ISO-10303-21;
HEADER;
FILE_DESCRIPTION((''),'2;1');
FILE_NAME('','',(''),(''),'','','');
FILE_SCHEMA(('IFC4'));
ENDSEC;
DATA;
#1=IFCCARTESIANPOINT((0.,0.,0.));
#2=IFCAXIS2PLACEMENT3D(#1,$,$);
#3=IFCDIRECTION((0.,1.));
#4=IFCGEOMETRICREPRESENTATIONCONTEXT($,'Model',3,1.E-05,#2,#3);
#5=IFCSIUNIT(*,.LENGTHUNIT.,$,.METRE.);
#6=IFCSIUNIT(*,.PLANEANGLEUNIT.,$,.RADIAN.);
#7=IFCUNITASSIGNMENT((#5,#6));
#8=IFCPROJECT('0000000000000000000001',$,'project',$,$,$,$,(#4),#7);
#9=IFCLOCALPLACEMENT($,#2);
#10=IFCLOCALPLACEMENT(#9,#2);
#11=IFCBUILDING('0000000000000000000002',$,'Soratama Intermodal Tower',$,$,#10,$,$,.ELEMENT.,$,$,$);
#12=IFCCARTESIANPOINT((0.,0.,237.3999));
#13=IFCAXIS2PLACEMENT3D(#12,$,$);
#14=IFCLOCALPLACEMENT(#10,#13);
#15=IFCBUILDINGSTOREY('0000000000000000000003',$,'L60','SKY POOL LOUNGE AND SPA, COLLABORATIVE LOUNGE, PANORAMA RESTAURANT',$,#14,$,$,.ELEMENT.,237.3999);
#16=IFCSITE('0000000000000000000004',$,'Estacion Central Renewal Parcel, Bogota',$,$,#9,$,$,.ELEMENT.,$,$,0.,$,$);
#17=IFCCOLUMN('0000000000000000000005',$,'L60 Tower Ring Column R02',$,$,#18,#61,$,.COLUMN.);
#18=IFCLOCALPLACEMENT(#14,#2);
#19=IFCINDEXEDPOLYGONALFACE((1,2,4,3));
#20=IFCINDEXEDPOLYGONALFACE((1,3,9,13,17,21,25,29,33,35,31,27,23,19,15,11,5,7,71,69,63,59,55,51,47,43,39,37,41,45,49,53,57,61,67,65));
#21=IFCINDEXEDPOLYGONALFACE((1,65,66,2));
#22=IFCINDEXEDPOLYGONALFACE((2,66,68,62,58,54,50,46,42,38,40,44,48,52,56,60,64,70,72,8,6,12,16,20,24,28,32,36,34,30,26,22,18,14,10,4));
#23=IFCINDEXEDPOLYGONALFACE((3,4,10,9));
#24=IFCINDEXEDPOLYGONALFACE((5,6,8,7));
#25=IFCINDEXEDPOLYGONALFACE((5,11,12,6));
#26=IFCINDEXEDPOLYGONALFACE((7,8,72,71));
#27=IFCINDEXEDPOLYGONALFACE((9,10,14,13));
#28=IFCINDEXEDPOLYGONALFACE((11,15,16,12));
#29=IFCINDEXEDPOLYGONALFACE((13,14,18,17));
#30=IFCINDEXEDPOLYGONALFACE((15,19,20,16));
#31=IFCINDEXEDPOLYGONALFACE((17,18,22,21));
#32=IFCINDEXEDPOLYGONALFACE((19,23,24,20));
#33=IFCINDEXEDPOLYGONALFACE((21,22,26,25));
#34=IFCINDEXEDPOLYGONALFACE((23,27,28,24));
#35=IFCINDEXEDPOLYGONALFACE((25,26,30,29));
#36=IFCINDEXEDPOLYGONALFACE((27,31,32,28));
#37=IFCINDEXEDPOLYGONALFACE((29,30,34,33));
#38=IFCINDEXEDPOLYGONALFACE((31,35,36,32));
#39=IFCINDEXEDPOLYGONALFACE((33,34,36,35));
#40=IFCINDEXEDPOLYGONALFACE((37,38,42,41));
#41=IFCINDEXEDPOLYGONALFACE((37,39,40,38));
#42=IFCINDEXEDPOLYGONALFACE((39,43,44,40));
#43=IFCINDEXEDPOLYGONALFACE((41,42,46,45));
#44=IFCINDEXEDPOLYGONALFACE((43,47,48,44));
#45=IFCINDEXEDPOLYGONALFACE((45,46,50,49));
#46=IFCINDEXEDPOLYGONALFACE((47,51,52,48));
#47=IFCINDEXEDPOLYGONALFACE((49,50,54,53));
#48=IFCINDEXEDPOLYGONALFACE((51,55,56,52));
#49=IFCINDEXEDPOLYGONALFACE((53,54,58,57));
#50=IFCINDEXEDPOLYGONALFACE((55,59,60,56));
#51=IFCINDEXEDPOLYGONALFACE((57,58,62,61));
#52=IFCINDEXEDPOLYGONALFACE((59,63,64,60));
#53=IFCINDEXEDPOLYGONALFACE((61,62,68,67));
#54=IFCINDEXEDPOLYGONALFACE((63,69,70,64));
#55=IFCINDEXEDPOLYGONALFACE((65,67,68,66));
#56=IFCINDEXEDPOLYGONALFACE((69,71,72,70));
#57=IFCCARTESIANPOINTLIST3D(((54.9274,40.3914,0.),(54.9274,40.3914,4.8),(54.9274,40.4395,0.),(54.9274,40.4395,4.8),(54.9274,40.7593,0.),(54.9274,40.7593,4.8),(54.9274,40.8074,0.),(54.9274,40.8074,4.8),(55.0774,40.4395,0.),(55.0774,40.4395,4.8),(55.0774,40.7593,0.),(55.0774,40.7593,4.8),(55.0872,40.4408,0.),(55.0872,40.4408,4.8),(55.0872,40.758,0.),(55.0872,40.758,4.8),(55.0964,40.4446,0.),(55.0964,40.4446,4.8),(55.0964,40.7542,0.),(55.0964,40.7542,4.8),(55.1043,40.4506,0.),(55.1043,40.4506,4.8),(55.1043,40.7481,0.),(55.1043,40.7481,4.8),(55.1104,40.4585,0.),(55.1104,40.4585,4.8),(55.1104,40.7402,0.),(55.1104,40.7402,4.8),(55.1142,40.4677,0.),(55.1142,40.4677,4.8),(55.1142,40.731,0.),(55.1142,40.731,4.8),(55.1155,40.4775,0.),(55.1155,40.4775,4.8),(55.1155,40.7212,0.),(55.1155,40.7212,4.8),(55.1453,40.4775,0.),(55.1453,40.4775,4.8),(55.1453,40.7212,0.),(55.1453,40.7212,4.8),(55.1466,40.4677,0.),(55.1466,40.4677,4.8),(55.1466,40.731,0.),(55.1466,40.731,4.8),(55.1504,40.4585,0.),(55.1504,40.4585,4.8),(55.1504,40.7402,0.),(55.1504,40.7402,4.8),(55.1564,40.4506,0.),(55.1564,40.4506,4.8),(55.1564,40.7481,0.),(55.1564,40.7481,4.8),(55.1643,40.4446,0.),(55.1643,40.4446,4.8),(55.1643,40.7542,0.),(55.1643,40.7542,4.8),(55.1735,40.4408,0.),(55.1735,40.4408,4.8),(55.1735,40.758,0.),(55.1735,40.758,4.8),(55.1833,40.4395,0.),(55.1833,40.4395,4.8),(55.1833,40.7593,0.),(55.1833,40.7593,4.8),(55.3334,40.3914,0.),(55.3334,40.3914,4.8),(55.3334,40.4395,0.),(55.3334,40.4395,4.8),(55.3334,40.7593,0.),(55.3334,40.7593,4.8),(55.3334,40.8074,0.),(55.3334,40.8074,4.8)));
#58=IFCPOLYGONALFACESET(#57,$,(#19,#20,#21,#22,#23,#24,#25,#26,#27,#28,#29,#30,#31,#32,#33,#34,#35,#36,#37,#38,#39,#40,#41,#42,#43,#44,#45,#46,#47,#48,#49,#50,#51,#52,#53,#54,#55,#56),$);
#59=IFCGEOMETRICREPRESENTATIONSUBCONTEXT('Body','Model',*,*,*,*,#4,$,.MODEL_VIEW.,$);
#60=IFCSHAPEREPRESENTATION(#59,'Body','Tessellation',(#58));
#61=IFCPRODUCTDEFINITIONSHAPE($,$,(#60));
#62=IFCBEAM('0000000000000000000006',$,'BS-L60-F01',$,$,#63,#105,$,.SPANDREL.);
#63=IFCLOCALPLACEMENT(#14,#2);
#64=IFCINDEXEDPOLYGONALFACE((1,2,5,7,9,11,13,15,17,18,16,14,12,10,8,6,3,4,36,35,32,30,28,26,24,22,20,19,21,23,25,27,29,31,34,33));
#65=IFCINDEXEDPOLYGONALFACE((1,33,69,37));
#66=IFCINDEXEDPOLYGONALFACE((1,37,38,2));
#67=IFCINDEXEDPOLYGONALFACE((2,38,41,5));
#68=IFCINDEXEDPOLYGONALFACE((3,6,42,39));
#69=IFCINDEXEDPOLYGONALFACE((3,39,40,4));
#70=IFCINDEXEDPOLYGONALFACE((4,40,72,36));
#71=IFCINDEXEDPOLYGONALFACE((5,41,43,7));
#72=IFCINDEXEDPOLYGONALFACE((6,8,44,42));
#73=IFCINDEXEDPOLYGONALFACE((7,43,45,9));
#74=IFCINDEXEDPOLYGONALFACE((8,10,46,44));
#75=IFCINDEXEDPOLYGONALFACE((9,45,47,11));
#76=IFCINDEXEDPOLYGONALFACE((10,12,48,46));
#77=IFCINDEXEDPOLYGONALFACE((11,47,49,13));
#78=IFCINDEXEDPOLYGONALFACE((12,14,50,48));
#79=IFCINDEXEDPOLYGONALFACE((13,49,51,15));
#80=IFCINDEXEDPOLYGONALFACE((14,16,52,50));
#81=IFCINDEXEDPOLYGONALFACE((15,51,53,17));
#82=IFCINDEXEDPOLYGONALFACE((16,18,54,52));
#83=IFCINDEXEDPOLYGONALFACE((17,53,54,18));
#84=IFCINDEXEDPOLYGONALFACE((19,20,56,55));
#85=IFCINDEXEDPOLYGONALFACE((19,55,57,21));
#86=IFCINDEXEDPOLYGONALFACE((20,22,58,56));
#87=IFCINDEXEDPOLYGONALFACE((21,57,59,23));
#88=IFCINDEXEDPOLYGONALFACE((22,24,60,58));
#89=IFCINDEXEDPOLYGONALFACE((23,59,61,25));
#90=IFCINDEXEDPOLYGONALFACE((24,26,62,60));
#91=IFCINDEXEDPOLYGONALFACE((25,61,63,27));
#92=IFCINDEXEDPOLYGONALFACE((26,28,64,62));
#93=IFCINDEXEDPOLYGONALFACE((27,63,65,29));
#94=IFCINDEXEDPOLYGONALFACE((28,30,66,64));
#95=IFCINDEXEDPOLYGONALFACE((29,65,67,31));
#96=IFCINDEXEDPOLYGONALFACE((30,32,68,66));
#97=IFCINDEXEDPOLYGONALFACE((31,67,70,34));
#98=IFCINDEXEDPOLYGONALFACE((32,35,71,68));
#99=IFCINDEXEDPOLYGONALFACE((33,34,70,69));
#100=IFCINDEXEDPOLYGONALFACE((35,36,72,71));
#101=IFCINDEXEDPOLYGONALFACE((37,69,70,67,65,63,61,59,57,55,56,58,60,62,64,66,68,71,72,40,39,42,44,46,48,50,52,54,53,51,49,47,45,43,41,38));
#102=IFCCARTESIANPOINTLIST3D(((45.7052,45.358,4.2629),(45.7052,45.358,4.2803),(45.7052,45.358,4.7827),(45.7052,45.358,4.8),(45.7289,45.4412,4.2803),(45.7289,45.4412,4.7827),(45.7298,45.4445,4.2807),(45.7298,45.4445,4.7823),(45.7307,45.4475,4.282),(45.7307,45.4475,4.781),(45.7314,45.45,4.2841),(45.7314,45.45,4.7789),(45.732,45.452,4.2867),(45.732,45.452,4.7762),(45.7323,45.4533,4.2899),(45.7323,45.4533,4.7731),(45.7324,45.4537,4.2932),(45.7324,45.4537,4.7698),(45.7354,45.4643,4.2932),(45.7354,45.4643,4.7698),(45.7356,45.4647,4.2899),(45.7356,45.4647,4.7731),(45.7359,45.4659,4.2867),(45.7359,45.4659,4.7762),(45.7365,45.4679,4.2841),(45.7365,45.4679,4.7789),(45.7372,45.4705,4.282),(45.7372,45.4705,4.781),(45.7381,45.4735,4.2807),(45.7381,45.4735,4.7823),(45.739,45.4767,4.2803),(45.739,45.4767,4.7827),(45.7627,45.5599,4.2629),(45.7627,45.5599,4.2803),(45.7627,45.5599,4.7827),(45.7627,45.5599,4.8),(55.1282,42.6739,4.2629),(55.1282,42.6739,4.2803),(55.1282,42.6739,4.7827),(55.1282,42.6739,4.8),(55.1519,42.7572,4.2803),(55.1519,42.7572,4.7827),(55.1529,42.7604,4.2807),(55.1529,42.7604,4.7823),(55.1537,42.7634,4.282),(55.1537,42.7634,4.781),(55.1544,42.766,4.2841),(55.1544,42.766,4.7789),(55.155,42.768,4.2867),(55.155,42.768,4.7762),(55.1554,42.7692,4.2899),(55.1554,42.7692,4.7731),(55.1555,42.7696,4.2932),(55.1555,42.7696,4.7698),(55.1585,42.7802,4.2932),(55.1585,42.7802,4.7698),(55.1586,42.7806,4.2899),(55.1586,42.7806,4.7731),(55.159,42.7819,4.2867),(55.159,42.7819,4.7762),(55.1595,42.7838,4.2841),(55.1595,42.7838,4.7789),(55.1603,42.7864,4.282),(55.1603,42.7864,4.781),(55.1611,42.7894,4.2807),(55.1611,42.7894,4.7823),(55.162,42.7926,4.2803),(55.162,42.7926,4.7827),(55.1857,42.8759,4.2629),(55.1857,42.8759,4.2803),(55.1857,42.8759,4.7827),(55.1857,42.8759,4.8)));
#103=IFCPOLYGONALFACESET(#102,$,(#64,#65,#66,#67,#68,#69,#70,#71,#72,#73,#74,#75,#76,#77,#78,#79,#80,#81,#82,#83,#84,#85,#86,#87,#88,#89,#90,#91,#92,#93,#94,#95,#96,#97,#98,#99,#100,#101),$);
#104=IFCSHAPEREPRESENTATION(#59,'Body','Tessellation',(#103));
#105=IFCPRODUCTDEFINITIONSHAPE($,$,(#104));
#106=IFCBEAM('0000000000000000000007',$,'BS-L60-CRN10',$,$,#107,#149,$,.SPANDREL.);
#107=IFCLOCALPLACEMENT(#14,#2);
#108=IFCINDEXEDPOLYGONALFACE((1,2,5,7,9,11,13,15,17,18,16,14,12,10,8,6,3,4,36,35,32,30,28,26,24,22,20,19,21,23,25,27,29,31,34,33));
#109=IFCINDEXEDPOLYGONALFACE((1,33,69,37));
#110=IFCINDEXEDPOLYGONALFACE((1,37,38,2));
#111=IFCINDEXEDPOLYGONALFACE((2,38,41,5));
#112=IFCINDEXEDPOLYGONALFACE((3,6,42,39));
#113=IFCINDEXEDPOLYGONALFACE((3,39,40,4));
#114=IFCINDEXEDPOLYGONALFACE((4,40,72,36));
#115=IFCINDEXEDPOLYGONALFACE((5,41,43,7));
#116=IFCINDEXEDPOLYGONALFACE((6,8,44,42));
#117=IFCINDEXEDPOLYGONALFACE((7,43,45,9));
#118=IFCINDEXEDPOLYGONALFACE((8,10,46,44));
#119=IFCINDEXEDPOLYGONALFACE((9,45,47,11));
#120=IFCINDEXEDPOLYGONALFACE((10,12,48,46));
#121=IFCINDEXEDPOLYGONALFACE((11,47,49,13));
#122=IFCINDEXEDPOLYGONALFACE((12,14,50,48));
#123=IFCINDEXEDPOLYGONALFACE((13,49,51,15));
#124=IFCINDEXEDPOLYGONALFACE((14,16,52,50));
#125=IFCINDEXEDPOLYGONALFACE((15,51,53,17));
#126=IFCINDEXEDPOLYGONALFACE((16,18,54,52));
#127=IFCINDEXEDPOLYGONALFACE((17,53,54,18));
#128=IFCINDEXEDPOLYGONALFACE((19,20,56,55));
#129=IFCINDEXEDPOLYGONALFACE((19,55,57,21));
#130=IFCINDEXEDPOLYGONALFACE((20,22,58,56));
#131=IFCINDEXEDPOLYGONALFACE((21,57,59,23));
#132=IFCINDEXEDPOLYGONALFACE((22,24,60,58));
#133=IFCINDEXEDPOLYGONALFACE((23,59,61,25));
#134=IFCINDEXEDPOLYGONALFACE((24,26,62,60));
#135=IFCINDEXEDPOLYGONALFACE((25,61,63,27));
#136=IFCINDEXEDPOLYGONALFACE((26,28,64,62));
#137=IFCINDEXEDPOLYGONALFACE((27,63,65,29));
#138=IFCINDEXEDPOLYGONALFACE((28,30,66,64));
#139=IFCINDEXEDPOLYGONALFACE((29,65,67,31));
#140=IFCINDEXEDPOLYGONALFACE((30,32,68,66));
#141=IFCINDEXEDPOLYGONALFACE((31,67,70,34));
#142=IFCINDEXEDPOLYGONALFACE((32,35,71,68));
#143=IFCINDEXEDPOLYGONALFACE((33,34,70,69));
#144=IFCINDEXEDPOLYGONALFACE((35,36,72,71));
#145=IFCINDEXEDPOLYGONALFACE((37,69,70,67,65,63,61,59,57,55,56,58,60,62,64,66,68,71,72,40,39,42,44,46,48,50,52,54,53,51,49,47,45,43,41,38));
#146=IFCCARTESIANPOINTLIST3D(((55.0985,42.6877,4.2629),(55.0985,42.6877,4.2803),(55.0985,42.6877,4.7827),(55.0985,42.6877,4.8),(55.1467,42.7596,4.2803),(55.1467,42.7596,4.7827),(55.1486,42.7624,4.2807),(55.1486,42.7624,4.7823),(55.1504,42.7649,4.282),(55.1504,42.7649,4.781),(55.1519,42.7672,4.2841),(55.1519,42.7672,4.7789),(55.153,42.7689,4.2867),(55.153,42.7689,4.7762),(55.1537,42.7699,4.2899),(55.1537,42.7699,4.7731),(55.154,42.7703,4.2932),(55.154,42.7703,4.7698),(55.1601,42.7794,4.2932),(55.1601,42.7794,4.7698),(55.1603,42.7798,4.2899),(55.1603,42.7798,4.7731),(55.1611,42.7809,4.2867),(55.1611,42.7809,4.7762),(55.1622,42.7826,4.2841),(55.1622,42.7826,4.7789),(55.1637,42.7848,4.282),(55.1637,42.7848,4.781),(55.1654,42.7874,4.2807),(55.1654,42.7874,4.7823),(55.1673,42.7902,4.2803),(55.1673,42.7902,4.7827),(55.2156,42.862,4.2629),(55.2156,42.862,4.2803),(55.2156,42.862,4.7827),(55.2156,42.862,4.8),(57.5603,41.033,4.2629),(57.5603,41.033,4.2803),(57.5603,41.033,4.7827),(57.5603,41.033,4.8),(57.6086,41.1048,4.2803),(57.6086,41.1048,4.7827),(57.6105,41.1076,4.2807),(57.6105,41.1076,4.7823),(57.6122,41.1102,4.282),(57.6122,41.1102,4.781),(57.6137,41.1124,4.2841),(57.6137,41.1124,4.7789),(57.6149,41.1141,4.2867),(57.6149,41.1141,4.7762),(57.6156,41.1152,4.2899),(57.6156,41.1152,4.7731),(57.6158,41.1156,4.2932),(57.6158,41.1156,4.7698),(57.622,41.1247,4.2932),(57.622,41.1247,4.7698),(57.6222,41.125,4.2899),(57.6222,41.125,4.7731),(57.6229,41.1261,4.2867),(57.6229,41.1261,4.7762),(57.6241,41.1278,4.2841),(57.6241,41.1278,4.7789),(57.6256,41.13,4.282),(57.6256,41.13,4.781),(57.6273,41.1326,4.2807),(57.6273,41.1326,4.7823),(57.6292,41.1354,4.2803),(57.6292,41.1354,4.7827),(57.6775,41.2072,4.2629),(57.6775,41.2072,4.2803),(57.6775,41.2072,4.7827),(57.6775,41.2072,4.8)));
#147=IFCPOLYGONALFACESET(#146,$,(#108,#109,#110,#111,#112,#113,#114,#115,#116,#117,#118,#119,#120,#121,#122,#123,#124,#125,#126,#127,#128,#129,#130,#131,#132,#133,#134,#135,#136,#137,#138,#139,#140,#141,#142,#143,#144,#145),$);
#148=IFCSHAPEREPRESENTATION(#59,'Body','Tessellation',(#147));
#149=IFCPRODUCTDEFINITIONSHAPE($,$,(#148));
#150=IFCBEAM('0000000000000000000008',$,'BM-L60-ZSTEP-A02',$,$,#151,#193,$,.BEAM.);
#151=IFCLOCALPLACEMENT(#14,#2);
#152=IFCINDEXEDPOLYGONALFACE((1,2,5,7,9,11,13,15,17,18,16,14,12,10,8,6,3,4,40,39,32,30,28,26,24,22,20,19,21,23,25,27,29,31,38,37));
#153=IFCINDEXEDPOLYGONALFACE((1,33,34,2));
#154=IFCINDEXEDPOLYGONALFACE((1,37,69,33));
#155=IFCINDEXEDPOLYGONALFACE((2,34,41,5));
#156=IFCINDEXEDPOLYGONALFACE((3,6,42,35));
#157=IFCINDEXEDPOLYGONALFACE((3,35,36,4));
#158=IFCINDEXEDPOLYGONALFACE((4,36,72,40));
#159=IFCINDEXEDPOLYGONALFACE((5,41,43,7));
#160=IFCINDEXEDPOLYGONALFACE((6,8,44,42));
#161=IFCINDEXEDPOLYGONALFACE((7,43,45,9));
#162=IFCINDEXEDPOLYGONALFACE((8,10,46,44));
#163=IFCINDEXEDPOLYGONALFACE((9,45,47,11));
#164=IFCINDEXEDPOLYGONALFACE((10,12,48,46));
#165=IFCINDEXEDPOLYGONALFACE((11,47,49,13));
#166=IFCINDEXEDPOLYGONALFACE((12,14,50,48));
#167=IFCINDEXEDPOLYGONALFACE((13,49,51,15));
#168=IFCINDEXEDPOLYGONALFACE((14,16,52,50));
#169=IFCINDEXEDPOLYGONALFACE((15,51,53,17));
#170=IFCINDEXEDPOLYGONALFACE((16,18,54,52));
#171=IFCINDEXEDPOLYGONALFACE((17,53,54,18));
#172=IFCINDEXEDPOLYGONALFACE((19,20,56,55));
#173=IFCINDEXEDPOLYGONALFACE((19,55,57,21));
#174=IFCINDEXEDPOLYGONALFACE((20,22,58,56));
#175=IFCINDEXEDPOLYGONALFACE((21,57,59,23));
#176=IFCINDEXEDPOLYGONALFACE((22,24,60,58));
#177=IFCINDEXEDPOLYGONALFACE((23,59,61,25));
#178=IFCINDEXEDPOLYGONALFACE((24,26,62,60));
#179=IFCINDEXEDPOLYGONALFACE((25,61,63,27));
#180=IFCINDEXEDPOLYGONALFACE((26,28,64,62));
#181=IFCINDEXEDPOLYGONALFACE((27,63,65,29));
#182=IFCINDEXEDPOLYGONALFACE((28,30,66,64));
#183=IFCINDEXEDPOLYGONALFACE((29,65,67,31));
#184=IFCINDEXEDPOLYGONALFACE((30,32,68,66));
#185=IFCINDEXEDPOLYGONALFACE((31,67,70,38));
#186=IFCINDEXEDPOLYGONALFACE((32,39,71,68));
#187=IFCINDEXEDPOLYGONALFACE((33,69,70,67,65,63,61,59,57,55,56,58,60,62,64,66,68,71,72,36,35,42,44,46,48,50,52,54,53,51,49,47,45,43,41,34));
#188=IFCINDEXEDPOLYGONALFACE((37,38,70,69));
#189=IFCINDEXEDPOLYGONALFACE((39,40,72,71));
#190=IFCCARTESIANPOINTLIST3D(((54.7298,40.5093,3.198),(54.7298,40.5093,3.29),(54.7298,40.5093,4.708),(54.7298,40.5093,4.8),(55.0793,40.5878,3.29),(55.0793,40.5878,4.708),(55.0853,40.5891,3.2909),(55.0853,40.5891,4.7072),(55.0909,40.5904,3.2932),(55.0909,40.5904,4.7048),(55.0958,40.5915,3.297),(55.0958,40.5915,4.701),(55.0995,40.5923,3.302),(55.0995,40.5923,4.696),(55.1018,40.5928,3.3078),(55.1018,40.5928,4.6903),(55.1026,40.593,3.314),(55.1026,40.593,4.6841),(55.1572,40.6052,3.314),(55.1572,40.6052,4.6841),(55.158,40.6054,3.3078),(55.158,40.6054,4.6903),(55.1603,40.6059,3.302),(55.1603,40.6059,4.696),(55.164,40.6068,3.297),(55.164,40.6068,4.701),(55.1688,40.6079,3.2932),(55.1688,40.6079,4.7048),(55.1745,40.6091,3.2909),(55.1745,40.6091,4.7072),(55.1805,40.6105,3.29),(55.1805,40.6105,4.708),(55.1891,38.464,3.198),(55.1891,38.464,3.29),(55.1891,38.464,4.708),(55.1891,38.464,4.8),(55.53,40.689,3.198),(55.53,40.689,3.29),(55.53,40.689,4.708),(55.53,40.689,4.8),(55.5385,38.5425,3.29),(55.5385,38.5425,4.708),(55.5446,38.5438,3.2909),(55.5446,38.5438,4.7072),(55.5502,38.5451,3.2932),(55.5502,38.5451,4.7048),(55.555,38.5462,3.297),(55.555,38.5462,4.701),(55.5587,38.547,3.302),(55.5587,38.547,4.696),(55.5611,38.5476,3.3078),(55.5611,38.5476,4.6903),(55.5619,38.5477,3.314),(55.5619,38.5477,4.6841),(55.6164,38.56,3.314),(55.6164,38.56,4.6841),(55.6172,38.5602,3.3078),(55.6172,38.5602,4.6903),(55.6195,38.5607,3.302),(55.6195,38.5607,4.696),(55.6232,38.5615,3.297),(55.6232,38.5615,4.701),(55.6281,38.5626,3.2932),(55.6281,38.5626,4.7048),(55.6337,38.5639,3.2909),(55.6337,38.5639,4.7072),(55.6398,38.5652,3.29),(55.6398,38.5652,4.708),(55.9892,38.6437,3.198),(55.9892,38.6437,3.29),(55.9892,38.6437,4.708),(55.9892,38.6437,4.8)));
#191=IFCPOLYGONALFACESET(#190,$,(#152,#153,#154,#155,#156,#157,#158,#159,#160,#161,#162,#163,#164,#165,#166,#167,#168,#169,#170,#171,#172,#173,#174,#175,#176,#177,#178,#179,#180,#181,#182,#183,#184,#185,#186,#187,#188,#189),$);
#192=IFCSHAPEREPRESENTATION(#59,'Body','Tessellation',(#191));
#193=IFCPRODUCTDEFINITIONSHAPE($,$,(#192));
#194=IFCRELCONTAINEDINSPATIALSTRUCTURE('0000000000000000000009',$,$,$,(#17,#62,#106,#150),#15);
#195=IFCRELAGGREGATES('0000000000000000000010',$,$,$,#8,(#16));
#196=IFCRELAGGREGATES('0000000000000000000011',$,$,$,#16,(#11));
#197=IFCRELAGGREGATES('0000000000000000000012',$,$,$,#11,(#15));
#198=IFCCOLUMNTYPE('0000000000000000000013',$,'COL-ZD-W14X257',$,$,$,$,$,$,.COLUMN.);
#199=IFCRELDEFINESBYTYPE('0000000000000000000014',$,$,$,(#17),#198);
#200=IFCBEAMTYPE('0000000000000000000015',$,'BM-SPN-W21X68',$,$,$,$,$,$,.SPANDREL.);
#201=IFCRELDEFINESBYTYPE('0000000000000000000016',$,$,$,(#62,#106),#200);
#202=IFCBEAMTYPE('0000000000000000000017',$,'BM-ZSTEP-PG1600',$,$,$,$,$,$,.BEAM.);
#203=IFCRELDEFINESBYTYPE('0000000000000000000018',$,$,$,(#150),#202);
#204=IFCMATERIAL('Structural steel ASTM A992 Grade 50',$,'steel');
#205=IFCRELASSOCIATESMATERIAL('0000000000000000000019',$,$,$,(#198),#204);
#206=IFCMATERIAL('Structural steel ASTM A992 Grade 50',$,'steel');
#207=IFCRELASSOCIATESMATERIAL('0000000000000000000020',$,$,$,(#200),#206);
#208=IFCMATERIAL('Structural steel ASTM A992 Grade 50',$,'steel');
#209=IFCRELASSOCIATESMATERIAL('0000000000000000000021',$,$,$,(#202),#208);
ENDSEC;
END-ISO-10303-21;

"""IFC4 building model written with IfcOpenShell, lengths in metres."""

from ifc_helpers import new_model, si_unit, direction, frame, origin, origin_2d, place, context, subcontext, project, spatial, i_section, extrude, material, material_profile, profile_set, type_object, element, save


model = new_model("IFC4")

# Units and contexts
model_context = context("Model", 3, precision=1e-05, world=origin(), true_north=direction((0.0, 1.0)))
body_context = subcontext(model_context, "Body", "Model", "MODEL_VIEW")
ifc_project = project(units=[si_unit("LENGTHUNIT", "METRE"), si_unit("PLANEANGLEUNIT", "RADIAN")], contexts=[model_context])

# Site, building, storey
site_placement = place(None, origin())
site = spatial("IfcSite", under=ifc_project, at=site_placement, Name="Estacion Central Renewal Parcel, Bogota", CompositionType="ELEMENT", RefElevation=0.0)
building_placement = place(site_placement, origin())
building = spatial("IfcBuilding", under=site, at=building_placement, Name="Soratama Intermodal Tower", CompositionType="ELEMENT")
storey_placement = place(building_placement, frame((0.0, 0.0, 237.3999)))
storey = spatial("IfcBuildingStorey", under=building, at=storey_placement, Name="L60", Description="SKY POOL LOUNGE AND SPA, COLLABORATIVE LOUNGE, PANORAMA RESTAURANT", CompositionType="ELEMENT", Elevation=237.3999)

# Column
ifc_material_1 = material(Name="Structural steel ASTM A992 Grade 50", Category="steel")
ifc_material_profile_1 = material_profile(ifc_material_1, i_section(OverallWidth=0.406, OverallDepth=0.416, WebThickness=0.0298, FlangeThickness=0.0481, FilletRadius=0.0381, at=origin_2d()), Name="W14X257")
ifc_profile_set_1 = profile_set([ifc_material_profile_1], Name="Structural steel ASTM A992 Grade 50")
column_type = type_object("IfcColumnType", Name="COL-ZD-W14X257", PredefinedType="COLUMN", material=ifc_profile_set_1)
column_placement = place(storey_placement, frame((55.1304, 40.5994, 0.0), z_axis=(0.0, 0.0, 1.0), x_axis=(1.0, 0.0, 0.0)))
element("IfcColumn", 1, at=column_placement, inside=storey, type_object=column_type, Name="L60 Tower Ring Column R02", PredefinedType="COLUMN", context=body_context, shape_type="SweptSolid", body=[
    extrude(i_section(OverallWidth=0.406, OverallDepth=0.416, WebThickness=0.0298, FlangeThickness=0.0481, FilletRadius=0.0381, at=origin_2d()), origin(), (0.0, 0.0, 1.0), 4.8),
])

# Beams
ifc_material_2 = material(Name="Structural steel ASTM A992 Grade 50", Category="steel")
ifc_material_profile_2 = material_profile(ifc_material_2, i_section(OverallWidth=0.21, OverallDepth=0.5371, WebThickness=0.011, FlangeThickness=0.0173, FilletRadius=0.0129, at=origin_2d()), Name="W21X68")
ifc_profile_set_2 = profile_set([ifc_material_profile_2], Name="Structural steel ASTM A992 Grade 50")
beam_type_1 = type_object("IfcBeamType", Name="BM-SPN-W21X68", PredefinedType="SPANDREL", material=ifc_profile_set_2)
beam_1_placement = place(storey_placement, frame((55.157, 42.7749, 4.5315), z_axis=(-0.961746, 0.273944, 0.0), x_axis=(-0.273944, -0.961746, 0.0)))
element("IfcBeam", 2, at=beam_1_placement, inside=storey, type_object=beam_type_1, Name="BS-L60-F01", PredefinedType="SPANDREL", context=body_context, shape_type="SweptSolid", body=[
    extrude(i_section(OverallWidth=0.21, OverallDepth=0.5371, WebThickness=0.011, FlangeThickness=0.0173, FilletRadius=0.0129, at=origin_2d()), origin(), (0.0, 0.0, 1.0), 9.7979),
])
beam_2_placement = place(storey_placement, frame((57.6189, 41.1201, 4.5315), z_axis=(-0.829942, 0.557849, 0.0), x_axis=(-0.557849, -0.829942, 0.0)))
element("IfcBeam", 3, at=beam_2_placement, inside=storey, type_object=beam_type_1, Name="BS-L60-CRN10", PredefinedType="SPANDREL", context=body_context, shape_type="SweptSolid", body=[
    extrude(i_section(OverallWidth=0.21, OverallDepth=0.5371, WebThickness=0.011, FlangeThickness=0.0173, FilletRadius=0.0129, at=origin_2d()), origin(), (0.0, 0.0, 1.0), 2.9663),
])
ifc_material_3 = material(Name="Structural steel ASTM A992 Grade 50", Category="steel")
ifc_material_profile_3 = material_profile(ifc_material_3, i_section(OverallWidth=0.8201, OverallDepth=1.6021, WebThickness=0.0559, FlangeThickness=0.092, FilletRadius=0.0239, at=origin_2d()), Name="PG1600X650")
ifc_profile_set_3 = profile_set([ifc_material_profile_3], Name="Structural steel ASTM A992 Grade 50")
beam_type_2 = type_object("IfcBeamType", Name="BM-ZSTEP-PG1600", PredefinedType="BEAM", material=ifc_profile_set_3)
beam_3_placement = place(storey_placement, frame((55.1299, 40.5991, 3.999), z_axis=(0.219088, -0.975705, 0.0), x_axis=(0.975705, 0.219088, 0.0)))
element("IfcBeam", 4, at=beam_3_placement, inside=storey, type_object=beam_type_2, Name="BM-L60-ZSTEP-A02", PredefinedType="BEAM", context=body_context, shape_type="SweptSolid", body=[
    extrude(i_section(OverallWidth=0.8201, OverallDepth=1.6021, WebThickness=0.0559, FlangeThickness=0.092, FilletRadius=0.0239, at=origin_2d()), origin(), (0.0, 0.0, 1.0), 2.0962),
])

save(model, "model.ifc")
